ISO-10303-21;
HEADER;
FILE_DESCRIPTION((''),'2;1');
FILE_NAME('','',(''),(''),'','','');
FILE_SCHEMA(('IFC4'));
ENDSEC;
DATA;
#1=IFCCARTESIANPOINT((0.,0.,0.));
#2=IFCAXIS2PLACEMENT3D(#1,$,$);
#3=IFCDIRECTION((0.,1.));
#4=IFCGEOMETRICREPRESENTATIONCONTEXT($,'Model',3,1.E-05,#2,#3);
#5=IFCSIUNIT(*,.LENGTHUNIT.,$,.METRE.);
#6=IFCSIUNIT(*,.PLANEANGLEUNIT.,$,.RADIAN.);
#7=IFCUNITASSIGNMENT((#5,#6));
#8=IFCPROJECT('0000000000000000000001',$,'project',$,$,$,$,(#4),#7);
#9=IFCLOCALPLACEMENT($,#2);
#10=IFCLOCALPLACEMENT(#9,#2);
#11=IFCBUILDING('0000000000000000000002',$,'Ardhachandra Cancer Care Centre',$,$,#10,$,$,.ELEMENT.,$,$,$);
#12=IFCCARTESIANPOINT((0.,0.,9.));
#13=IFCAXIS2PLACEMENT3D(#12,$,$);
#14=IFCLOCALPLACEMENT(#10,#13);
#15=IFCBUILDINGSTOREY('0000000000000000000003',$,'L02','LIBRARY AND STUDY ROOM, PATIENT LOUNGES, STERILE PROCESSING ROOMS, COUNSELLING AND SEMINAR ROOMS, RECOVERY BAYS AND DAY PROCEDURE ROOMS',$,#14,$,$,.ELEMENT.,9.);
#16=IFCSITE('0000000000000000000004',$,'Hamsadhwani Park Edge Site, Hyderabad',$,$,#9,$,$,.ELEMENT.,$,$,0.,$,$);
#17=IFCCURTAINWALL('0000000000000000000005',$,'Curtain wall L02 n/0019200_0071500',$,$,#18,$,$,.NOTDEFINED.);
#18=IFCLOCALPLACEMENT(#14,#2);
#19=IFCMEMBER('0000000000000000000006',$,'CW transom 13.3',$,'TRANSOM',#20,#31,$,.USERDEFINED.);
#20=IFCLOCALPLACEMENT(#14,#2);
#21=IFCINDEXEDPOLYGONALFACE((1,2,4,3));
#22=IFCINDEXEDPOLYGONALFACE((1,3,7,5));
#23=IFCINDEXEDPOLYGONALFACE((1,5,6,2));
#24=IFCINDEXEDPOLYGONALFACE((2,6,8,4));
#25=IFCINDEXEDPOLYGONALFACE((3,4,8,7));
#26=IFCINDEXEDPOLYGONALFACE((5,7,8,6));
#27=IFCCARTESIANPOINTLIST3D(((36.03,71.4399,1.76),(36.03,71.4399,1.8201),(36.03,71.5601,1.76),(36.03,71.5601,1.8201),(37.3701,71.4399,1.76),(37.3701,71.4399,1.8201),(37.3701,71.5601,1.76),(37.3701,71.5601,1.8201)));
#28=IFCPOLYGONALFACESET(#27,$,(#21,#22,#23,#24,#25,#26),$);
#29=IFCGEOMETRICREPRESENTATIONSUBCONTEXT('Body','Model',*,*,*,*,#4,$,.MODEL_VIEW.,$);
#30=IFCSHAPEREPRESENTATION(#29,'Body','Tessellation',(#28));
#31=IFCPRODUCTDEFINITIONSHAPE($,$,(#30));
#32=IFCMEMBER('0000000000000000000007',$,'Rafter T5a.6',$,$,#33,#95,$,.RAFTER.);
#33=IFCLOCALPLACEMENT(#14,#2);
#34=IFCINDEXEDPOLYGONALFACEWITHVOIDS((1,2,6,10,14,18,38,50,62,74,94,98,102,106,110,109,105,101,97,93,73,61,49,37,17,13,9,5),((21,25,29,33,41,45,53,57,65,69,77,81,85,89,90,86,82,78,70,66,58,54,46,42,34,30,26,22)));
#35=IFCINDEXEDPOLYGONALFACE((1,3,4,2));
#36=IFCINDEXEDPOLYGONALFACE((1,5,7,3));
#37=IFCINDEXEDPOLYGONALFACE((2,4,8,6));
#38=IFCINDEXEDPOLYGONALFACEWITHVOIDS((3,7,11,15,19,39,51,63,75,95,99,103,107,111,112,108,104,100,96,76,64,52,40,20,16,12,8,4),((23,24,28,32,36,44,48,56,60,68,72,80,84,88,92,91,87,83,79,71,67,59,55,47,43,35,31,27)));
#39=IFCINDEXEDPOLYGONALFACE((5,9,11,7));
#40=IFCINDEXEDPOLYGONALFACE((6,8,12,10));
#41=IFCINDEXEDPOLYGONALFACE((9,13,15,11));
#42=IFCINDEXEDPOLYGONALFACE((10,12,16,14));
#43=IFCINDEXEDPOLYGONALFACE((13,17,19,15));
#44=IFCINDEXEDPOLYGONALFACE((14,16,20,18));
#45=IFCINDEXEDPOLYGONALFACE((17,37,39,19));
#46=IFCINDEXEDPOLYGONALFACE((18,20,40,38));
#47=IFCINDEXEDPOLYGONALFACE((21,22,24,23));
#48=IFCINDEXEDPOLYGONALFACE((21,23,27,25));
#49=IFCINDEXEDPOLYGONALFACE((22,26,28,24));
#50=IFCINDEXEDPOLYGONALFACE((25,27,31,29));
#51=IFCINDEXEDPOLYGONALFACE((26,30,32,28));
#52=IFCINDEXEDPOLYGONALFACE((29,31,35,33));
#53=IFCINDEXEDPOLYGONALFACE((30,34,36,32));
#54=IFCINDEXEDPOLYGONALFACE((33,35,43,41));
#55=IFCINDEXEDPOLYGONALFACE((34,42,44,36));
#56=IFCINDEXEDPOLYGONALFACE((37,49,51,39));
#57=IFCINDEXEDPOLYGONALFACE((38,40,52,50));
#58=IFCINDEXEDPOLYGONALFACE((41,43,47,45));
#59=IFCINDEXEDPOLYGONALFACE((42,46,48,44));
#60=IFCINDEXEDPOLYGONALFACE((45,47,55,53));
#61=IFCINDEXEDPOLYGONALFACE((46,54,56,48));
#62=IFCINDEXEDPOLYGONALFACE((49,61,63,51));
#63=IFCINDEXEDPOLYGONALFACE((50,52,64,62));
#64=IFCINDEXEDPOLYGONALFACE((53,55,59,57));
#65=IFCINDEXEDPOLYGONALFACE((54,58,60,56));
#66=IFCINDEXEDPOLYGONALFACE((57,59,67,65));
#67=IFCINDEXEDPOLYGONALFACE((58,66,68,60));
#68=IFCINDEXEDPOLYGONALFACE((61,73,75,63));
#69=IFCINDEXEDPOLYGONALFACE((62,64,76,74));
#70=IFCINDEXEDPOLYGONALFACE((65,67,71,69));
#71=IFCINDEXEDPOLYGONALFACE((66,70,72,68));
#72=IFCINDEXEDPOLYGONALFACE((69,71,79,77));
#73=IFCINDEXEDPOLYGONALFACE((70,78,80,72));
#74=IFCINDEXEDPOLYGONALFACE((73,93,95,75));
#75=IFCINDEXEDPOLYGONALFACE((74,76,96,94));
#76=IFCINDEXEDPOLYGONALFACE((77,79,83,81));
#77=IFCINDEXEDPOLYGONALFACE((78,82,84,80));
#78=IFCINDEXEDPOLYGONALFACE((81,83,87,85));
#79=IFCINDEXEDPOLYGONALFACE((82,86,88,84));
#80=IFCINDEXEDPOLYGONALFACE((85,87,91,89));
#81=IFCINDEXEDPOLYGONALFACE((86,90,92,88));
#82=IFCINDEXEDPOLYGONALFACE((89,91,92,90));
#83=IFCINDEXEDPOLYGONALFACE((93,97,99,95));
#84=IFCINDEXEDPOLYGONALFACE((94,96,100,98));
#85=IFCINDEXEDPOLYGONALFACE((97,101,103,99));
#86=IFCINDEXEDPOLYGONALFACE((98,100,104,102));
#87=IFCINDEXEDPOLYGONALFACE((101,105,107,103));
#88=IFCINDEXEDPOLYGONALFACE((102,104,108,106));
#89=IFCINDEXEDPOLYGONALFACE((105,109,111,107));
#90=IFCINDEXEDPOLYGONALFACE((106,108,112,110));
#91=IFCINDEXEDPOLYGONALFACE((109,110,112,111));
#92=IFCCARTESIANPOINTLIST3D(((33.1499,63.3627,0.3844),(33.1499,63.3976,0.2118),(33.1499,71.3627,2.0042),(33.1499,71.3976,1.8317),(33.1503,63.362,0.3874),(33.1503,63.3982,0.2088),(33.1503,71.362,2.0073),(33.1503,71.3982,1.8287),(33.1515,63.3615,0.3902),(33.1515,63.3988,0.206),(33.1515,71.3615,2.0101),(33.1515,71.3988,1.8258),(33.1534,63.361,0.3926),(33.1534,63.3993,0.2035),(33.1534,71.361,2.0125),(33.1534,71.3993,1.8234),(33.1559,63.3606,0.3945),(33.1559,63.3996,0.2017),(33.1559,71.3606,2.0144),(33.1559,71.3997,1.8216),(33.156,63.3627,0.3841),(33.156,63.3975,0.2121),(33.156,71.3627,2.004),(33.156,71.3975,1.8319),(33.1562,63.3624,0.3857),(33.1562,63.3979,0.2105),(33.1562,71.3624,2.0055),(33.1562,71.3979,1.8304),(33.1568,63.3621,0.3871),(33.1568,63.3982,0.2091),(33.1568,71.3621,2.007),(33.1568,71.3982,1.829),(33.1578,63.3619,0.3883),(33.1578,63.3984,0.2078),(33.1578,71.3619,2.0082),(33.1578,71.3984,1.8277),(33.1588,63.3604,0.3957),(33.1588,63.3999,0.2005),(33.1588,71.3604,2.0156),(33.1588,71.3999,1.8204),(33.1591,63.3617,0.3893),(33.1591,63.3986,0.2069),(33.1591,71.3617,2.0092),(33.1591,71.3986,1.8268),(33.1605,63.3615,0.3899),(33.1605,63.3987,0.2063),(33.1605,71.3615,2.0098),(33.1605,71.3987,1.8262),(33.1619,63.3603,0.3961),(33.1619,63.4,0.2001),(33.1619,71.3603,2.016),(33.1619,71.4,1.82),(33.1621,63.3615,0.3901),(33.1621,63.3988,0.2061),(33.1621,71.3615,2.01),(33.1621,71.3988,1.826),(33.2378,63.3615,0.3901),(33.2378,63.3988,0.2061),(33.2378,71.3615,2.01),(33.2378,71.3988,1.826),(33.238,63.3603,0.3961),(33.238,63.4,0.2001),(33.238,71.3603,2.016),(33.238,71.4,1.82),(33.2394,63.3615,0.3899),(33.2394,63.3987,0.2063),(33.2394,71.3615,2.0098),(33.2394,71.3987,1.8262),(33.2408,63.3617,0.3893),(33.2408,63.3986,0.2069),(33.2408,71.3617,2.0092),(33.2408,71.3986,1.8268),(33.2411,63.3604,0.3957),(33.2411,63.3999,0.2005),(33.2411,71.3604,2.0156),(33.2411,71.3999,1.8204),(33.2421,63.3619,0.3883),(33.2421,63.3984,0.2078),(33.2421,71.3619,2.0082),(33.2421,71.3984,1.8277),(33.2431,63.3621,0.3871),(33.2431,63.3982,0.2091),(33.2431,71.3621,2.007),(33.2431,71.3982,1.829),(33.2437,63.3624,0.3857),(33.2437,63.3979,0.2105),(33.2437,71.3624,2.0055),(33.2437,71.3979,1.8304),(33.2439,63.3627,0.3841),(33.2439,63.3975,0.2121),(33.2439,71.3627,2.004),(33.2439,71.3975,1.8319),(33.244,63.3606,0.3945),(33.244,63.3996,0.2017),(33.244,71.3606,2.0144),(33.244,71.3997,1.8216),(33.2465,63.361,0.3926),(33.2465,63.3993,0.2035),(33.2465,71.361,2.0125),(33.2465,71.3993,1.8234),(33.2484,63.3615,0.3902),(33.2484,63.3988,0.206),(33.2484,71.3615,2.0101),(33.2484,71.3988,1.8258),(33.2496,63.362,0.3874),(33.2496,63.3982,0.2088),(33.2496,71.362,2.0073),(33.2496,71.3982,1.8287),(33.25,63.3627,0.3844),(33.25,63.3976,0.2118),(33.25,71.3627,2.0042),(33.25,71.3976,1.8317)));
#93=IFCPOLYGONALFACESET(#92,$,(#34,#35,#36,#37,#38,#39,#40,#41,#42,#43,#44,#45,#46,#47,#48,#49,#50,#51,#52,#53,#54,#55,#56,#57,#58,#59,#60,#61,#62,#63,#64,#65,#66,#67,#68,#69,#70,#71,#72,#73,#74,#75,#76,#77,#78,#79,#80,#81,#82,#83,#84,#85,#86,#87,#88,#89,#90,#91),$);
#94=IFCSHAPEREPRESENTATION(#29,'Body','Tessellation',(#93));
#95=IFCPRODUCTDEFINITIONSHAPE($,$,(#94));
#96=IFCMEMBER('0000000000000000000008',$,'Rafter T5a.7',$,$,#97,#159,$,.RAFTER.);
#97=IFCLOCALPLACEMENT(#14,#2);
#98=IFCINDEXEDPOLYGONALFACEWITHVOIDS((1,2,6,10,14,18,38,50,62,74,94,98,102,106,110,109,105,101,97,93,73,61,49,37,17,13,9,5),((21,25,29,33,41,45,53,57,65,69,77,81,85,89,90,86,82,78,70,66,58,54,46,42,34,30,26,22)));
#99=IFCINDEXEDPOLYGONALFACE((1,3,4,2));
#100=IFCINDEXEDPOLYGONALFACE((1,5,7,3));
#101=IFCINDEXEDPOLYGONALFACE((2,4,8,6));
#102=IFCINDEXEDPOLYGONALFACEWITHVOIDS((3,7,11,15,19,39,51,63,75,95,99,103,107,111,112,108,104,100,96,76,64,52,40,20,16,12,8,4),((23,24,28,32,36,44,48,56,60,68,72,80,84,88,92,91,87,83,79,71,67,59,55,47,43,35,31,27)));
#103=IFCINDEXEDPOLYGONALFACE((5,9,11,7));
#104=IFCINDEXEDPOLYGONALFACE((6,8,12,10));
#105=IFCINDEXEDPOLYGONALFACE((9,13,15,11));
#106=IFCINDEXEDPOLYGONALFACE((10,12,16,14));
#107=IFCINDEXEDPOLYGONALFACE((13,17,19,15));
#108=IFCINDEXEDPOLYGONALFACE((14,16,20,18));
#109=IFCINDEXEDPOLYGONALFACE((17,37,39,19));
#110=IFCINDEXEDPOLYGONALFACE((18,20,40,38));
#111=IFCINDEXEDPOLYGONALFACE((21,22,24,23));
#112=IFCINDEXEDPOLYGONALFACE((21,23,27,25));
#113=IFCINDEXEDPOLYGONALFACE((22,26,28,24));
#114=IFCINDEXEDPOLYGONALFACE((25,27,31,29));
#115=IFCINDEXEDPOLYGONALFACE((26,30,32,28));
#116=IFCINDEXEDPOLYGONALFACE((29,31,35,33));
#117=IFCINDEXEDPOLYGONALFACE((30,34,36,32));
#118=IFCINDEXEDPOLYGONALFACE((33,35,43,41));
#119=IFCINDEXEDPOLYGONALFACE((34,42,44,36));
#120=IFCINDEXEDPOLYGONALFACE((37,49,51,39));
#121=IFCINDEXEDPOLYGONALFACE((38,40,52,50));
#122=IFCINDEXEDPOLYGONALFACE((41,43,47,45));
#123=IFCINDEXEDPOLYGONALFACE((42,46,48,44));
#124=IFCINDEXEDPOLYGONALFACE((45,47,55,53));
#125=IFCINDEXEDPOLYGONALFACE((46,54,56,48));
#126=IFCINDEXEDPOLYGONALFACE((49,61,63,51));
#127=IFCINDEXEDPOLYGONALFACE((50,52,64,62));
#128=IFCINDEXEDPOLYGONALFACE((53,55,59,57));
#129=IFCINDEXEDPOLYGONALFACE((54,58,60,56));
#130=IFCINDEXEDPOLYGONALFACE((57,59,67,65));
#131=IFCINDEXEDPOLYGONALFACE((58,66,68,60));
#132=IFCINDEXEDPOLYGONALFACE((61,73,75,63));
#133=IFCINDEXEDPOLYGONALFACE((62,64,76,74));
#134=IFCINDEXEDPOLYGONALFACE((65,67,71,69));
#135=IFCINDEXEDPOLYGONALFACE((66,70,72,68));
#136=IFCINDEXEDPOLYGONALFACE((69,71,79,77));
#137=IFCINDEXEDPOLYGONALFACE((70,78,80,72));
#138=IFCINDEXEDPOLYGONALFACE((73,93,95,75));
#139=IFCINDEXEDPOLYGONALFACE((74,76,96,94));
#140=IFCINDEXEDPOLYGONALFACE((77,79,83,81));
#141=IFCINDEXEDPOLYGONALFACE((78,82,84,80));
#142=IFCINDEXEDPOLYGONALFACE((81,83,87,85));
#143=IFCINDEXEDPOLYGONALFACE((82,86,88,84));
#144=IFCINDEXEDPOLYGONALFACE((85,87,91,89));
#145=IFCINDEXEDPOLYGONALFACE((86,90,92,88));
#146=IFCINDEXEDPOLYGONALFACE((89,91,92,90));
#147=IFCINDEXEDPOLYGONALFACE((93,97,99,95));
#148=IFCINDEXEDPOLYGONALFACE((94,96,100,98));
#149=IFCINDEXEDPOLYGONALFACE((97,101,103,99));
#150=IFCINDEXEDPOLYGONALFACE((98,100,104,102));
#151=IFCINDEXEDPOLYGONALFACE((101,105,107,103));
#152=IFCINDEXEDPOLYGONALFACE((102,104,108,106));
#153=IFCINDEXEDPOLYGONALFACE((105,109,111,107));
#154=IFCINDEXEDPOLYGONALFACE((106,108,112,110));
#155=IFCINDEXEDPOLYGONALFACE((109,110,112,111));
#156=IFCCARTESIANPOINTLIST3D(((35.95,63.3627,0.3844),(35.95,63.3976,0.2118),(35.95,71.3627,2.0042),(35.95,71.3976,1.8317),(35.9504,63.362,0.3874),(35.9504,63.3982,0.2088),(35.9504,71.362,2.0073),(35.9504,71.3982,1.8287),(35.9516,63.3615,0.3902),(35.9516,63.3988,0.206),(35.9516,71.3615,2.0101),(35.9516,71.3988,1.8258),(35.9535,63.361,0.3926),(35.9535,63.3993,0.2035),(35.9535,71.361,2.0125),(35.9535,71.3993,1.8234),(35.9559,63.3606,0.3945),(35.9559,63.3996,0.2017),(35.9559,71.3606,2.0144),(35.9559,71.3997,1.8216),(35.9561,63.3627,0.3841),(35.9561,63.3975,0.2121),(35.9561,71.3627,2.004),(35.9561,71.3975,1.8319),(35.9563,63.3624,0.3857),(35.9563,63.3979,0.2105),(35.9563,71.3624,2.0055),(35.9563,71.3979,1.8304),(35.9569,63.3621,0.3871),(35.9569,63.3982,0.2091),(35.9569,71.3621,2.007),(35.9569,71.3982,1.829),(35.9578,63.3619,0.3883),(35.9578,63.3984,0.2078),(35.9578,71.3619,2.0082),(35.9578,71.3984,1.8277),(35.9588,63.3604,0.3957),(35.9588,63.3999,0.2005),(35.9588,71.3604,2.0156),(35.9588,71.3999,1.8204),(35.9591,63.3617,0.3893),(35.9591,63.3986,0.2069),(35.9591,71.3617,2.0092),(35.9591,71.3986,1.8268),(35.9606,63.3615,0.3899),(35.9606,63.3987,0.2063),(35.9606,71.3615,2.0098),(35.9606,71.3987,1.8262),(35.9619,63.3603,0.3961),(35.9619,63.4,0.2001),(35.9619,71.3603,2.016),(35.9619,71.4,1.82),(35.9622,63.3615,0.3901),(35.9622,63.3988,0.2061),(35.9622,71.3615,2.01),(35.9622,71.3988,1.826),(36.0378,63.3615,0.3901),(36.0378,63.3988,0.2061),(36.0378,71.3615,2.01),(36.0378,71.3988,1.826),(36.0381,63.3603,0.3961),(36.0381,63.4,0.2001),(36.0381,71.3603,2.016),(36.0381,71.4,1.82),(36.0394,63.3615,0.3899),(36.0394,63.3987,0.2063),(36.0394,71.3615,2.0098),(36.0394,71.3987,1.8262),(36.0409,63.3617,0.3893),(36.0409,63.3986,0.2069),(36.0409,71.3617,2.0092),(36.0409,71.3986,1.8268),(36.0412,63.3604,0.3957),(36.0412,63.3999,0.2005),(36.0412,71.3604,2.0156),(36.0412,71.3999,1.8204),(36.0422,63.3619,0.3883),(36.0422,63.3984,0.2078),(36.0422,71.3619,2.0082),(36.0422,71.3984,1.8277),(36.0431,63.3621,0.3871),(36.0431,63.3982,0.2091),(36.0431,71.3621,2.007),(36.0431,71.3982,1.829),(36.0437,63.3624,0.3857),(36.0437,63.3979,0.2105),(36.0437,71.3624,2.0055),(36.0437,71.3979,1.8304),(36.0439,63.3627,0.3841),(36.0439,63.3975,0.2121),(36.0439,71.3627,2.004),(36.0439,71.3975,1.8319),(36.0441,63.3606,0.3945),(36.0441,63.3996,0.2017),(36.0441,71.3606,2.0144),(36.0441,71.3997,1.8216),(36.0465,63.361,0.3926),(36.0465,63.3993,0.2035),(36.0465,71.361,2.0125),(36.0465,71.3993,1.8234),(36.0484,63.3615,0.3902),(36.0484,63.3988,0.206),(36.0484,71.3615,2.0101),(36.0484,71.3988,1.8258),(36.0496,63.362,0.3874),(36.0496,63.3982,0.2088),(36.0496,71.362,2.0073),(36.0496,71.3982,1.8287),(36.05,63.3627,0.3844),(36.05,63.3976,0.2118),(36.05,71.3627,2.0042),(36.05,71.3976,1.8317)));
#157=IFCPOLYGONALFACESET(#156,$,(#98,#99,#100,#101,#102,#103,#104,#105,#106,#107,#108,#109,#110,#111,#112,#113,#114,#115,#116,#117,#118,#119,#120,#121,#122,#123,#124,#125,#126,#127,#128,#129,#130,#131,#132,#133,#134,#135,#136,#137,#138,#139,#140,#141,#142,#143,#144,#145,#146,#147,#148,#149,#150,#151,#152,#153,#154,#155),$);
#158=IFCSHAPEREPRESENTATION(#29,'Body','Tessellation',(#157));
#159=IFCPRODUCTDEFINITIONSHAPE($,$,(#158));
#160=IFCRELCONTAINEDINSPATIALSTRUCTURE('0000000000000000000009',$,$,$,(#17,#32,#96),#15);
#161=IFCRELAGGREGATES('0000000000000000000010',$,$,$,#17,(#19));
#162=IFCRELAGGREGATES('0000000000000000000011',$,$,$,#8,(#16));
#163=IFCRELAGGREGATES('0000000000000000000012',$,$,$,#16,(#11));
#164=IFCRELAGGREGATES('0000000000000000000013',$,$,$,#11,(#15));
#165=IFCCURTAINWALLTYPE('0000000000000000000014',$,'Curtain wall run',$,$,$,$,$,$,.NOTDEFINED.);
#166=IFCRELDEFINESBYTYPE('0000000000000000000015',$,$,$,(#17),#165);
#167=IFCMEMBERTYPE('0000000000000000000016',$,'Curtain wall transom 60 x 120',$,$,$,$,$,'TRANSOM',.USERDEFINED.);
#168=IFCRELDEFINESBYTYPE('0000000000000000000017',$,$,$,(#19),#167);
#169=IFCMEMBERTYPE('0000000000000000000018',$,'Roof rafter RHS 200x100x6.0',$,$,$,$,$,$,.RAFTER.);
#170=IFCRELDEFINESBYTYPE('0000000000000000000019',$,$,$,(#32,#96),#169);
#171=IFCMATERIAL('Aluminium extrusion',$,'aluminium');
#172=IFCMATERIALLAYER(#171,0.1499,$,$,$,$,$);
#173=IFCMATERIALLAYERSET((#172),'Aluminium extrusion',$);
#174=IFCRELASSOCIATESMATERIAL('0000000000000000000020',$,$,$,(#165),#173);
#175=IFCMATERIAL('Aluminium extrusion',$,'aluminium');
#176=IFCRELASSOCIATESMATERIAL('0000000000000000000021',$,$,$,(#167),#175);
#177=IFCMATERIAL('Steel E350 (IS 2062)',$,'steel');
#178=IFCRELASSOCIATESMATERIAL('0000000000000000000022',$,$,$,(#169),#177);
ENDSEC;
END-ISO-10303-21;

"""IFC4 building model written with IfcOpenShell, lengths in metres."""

from ifc_helpers import new_model, si_unit, direction, frame, origin, origin_2d, place, context, subcontext, project, spatial, rectangle, hollow_rectangle, extrude, material, layer, layer_set, material_profile, profile_set, type_object, element, aggregate, save


model = new_model("IFC4")

# Units and contexts
model_context = context("Model", 3, precision=1e-05, world=origin(), true_north=direction((0.0, 1.0)))
body_context = subcontext(model_context, "Body", "Model", "MODEL_VIEW")
ifc_project = project(units=[si_unit("LENGTHUNIT", "METRE"), si_unit("PLANEANGLEUNIT", "RADIAN")], contexts=[model_context])

# Site, building, storey
site_placement = place(None, origin())
site = spatial("IfcSite", under=ifc_project, at=site_placement, Name="Hamsadhwani Park Edge Site, Hyderabad", CompositionType="ELEMENT", RefElevation=0.0)
building_placement = place(site_placement, origin())
building = spatial("IfcBuilding", under=site, at=building_placement, Name="Ardhachandra Cancer Care Centre", CompositionType="ELEMENT")
storey_placement = place(building_placement, frame((0.0, 0.0, 9.0)))
storey = spatial("IfcBuildingStorey", under=building, at=storey_placement, Name="L02", Description="LIBRARY AND STUDY ROOM, PATIENT LOUNGES, STERILE PROCESSING ROOMS, COUNSELLING AND SEMINAR ROOMS, RECOVERY BAYS AND DAY PROCEDURE ROOMS", CompositionType="ELEMENT", Elevation=9.0)

# Curtain wall, member
ifc_material_1 = material(Name="Aluminium extrusion", Category="aluminium")
ifc_layer_1 = layer(ifc_material_1, 0.1499)
ifc_layer_set_1 = layer_set([ifc_layer_1], Name="Aluminium extrusion")
curtain_wall_type = type_object("IfcCurtainWallType", Name="Curtain wall run", PredefinedType="NOTDEFINED", material=ifc_layer_set_1)
curtain_wall_placement = place(storey_placement, origin())
curtain_wall = element("IfcCurtainWall", 1, at=curtain_wall_placement, inside=storey, type_object=curtain_wall_type, Name="Curtain wall L02 n/0019200_0071500", PredefinedType="NOTDEFINED")
ifc_material_2 = material(Name="Aluminium extrusion", Category="aluminium")
ifc_material_profile_1 = material_profile(ifc_material_2, rectangle(XDim=0.1201, YDim=0.0601, at=origin_2d()), Name="Curtain wall transom 60 x 120")
ifc_profile_set_1 = profile_set([ifc_material_profile_1], Name="Aluminium extrusion")
member_type_1 = type_object("IfcMemberType", Name="Curtain wall transom 60 x 120", ElementType="TRANSOM", PredefinedType="USERDEFINED", material=ifc_profile_set_1)
member_1_placement = place(storey_placement, frame((36.03, 71.5, 1.79), z_axis=(1.0, 0.0, 0.0), x_axis=(0.0, 1.0, 0.0)))
member_1 = element("IfcMember", 2, at=member_1_placement, type_object=member_type_1, Name="CW transom 13.3", ObjectType="TRANSOM", PredefinedType="USERDEFINED", context=body_context, shape_type="SweptSolid", body=[
    extrude(rectangle(XDim=0.1201, YDim=0.0601, at=origin_2d()), origin(), (0.0, 0.0, 1.0), 1.3401),
])

# Members
ifc_material_3 = material(Name="Steel E350 (IS 2062)", Category="steel")
ifc_material_profile_2 = material_profile(ifc_material_3, hollow_rectangle(XDim=0.1001, YDim=0.2, WallThickness=0.0061, InnerFilletRadius=0.0061, OuterFilletRadius=0.012, at=origin_2d()), Name="RHS 200x100x6.0")
ifc_profile_set_2 = profile_set([ifc_material_profile_2], Name="Steel E350 (IS 2062)")
member_type_2 = type_object("IfcMemberType", Name="Roof rafter RHS 200x100x6.0", PredefinedType="RAFTER", material=ifc_profile_set_2)
for number, where, z_axis, x_axis, name in (
    (3, (33.2, 63.3801, 0.2981), (0.0, 0.98011, 0.198457), (-1.0, 0.0, 0.0), "Rafter T5a.6"),
    (4, (36.0, 63.3801, 0.2981), (0.0, 0.98011, 0.198457), (-1.0, 0.0, 0.0), "Rafter T5a.7"),
):
    element("IfcMember", number, at=place(storey_placement, frame(where, z_axis=z_axis, x_axis=x_axis)), inside=storey, type_object=member_type_2, Name=name, PredefinedType="RAFTER", context=body_context, shape_type="SweptSolid", body=[
        extrude(hollow_rectangle(XDim=0.1001, YDim=0.2, WallThickness=0.0061, InnerFilletRadius=0.0061, OuterFilletRadius=0.012, at=origin_2d()), origin(), (0.0, 0.0, 1.0), 8.1624),
    ])

aggregate(curtain_wall, [member_1])

save(model, "model.ifc")
